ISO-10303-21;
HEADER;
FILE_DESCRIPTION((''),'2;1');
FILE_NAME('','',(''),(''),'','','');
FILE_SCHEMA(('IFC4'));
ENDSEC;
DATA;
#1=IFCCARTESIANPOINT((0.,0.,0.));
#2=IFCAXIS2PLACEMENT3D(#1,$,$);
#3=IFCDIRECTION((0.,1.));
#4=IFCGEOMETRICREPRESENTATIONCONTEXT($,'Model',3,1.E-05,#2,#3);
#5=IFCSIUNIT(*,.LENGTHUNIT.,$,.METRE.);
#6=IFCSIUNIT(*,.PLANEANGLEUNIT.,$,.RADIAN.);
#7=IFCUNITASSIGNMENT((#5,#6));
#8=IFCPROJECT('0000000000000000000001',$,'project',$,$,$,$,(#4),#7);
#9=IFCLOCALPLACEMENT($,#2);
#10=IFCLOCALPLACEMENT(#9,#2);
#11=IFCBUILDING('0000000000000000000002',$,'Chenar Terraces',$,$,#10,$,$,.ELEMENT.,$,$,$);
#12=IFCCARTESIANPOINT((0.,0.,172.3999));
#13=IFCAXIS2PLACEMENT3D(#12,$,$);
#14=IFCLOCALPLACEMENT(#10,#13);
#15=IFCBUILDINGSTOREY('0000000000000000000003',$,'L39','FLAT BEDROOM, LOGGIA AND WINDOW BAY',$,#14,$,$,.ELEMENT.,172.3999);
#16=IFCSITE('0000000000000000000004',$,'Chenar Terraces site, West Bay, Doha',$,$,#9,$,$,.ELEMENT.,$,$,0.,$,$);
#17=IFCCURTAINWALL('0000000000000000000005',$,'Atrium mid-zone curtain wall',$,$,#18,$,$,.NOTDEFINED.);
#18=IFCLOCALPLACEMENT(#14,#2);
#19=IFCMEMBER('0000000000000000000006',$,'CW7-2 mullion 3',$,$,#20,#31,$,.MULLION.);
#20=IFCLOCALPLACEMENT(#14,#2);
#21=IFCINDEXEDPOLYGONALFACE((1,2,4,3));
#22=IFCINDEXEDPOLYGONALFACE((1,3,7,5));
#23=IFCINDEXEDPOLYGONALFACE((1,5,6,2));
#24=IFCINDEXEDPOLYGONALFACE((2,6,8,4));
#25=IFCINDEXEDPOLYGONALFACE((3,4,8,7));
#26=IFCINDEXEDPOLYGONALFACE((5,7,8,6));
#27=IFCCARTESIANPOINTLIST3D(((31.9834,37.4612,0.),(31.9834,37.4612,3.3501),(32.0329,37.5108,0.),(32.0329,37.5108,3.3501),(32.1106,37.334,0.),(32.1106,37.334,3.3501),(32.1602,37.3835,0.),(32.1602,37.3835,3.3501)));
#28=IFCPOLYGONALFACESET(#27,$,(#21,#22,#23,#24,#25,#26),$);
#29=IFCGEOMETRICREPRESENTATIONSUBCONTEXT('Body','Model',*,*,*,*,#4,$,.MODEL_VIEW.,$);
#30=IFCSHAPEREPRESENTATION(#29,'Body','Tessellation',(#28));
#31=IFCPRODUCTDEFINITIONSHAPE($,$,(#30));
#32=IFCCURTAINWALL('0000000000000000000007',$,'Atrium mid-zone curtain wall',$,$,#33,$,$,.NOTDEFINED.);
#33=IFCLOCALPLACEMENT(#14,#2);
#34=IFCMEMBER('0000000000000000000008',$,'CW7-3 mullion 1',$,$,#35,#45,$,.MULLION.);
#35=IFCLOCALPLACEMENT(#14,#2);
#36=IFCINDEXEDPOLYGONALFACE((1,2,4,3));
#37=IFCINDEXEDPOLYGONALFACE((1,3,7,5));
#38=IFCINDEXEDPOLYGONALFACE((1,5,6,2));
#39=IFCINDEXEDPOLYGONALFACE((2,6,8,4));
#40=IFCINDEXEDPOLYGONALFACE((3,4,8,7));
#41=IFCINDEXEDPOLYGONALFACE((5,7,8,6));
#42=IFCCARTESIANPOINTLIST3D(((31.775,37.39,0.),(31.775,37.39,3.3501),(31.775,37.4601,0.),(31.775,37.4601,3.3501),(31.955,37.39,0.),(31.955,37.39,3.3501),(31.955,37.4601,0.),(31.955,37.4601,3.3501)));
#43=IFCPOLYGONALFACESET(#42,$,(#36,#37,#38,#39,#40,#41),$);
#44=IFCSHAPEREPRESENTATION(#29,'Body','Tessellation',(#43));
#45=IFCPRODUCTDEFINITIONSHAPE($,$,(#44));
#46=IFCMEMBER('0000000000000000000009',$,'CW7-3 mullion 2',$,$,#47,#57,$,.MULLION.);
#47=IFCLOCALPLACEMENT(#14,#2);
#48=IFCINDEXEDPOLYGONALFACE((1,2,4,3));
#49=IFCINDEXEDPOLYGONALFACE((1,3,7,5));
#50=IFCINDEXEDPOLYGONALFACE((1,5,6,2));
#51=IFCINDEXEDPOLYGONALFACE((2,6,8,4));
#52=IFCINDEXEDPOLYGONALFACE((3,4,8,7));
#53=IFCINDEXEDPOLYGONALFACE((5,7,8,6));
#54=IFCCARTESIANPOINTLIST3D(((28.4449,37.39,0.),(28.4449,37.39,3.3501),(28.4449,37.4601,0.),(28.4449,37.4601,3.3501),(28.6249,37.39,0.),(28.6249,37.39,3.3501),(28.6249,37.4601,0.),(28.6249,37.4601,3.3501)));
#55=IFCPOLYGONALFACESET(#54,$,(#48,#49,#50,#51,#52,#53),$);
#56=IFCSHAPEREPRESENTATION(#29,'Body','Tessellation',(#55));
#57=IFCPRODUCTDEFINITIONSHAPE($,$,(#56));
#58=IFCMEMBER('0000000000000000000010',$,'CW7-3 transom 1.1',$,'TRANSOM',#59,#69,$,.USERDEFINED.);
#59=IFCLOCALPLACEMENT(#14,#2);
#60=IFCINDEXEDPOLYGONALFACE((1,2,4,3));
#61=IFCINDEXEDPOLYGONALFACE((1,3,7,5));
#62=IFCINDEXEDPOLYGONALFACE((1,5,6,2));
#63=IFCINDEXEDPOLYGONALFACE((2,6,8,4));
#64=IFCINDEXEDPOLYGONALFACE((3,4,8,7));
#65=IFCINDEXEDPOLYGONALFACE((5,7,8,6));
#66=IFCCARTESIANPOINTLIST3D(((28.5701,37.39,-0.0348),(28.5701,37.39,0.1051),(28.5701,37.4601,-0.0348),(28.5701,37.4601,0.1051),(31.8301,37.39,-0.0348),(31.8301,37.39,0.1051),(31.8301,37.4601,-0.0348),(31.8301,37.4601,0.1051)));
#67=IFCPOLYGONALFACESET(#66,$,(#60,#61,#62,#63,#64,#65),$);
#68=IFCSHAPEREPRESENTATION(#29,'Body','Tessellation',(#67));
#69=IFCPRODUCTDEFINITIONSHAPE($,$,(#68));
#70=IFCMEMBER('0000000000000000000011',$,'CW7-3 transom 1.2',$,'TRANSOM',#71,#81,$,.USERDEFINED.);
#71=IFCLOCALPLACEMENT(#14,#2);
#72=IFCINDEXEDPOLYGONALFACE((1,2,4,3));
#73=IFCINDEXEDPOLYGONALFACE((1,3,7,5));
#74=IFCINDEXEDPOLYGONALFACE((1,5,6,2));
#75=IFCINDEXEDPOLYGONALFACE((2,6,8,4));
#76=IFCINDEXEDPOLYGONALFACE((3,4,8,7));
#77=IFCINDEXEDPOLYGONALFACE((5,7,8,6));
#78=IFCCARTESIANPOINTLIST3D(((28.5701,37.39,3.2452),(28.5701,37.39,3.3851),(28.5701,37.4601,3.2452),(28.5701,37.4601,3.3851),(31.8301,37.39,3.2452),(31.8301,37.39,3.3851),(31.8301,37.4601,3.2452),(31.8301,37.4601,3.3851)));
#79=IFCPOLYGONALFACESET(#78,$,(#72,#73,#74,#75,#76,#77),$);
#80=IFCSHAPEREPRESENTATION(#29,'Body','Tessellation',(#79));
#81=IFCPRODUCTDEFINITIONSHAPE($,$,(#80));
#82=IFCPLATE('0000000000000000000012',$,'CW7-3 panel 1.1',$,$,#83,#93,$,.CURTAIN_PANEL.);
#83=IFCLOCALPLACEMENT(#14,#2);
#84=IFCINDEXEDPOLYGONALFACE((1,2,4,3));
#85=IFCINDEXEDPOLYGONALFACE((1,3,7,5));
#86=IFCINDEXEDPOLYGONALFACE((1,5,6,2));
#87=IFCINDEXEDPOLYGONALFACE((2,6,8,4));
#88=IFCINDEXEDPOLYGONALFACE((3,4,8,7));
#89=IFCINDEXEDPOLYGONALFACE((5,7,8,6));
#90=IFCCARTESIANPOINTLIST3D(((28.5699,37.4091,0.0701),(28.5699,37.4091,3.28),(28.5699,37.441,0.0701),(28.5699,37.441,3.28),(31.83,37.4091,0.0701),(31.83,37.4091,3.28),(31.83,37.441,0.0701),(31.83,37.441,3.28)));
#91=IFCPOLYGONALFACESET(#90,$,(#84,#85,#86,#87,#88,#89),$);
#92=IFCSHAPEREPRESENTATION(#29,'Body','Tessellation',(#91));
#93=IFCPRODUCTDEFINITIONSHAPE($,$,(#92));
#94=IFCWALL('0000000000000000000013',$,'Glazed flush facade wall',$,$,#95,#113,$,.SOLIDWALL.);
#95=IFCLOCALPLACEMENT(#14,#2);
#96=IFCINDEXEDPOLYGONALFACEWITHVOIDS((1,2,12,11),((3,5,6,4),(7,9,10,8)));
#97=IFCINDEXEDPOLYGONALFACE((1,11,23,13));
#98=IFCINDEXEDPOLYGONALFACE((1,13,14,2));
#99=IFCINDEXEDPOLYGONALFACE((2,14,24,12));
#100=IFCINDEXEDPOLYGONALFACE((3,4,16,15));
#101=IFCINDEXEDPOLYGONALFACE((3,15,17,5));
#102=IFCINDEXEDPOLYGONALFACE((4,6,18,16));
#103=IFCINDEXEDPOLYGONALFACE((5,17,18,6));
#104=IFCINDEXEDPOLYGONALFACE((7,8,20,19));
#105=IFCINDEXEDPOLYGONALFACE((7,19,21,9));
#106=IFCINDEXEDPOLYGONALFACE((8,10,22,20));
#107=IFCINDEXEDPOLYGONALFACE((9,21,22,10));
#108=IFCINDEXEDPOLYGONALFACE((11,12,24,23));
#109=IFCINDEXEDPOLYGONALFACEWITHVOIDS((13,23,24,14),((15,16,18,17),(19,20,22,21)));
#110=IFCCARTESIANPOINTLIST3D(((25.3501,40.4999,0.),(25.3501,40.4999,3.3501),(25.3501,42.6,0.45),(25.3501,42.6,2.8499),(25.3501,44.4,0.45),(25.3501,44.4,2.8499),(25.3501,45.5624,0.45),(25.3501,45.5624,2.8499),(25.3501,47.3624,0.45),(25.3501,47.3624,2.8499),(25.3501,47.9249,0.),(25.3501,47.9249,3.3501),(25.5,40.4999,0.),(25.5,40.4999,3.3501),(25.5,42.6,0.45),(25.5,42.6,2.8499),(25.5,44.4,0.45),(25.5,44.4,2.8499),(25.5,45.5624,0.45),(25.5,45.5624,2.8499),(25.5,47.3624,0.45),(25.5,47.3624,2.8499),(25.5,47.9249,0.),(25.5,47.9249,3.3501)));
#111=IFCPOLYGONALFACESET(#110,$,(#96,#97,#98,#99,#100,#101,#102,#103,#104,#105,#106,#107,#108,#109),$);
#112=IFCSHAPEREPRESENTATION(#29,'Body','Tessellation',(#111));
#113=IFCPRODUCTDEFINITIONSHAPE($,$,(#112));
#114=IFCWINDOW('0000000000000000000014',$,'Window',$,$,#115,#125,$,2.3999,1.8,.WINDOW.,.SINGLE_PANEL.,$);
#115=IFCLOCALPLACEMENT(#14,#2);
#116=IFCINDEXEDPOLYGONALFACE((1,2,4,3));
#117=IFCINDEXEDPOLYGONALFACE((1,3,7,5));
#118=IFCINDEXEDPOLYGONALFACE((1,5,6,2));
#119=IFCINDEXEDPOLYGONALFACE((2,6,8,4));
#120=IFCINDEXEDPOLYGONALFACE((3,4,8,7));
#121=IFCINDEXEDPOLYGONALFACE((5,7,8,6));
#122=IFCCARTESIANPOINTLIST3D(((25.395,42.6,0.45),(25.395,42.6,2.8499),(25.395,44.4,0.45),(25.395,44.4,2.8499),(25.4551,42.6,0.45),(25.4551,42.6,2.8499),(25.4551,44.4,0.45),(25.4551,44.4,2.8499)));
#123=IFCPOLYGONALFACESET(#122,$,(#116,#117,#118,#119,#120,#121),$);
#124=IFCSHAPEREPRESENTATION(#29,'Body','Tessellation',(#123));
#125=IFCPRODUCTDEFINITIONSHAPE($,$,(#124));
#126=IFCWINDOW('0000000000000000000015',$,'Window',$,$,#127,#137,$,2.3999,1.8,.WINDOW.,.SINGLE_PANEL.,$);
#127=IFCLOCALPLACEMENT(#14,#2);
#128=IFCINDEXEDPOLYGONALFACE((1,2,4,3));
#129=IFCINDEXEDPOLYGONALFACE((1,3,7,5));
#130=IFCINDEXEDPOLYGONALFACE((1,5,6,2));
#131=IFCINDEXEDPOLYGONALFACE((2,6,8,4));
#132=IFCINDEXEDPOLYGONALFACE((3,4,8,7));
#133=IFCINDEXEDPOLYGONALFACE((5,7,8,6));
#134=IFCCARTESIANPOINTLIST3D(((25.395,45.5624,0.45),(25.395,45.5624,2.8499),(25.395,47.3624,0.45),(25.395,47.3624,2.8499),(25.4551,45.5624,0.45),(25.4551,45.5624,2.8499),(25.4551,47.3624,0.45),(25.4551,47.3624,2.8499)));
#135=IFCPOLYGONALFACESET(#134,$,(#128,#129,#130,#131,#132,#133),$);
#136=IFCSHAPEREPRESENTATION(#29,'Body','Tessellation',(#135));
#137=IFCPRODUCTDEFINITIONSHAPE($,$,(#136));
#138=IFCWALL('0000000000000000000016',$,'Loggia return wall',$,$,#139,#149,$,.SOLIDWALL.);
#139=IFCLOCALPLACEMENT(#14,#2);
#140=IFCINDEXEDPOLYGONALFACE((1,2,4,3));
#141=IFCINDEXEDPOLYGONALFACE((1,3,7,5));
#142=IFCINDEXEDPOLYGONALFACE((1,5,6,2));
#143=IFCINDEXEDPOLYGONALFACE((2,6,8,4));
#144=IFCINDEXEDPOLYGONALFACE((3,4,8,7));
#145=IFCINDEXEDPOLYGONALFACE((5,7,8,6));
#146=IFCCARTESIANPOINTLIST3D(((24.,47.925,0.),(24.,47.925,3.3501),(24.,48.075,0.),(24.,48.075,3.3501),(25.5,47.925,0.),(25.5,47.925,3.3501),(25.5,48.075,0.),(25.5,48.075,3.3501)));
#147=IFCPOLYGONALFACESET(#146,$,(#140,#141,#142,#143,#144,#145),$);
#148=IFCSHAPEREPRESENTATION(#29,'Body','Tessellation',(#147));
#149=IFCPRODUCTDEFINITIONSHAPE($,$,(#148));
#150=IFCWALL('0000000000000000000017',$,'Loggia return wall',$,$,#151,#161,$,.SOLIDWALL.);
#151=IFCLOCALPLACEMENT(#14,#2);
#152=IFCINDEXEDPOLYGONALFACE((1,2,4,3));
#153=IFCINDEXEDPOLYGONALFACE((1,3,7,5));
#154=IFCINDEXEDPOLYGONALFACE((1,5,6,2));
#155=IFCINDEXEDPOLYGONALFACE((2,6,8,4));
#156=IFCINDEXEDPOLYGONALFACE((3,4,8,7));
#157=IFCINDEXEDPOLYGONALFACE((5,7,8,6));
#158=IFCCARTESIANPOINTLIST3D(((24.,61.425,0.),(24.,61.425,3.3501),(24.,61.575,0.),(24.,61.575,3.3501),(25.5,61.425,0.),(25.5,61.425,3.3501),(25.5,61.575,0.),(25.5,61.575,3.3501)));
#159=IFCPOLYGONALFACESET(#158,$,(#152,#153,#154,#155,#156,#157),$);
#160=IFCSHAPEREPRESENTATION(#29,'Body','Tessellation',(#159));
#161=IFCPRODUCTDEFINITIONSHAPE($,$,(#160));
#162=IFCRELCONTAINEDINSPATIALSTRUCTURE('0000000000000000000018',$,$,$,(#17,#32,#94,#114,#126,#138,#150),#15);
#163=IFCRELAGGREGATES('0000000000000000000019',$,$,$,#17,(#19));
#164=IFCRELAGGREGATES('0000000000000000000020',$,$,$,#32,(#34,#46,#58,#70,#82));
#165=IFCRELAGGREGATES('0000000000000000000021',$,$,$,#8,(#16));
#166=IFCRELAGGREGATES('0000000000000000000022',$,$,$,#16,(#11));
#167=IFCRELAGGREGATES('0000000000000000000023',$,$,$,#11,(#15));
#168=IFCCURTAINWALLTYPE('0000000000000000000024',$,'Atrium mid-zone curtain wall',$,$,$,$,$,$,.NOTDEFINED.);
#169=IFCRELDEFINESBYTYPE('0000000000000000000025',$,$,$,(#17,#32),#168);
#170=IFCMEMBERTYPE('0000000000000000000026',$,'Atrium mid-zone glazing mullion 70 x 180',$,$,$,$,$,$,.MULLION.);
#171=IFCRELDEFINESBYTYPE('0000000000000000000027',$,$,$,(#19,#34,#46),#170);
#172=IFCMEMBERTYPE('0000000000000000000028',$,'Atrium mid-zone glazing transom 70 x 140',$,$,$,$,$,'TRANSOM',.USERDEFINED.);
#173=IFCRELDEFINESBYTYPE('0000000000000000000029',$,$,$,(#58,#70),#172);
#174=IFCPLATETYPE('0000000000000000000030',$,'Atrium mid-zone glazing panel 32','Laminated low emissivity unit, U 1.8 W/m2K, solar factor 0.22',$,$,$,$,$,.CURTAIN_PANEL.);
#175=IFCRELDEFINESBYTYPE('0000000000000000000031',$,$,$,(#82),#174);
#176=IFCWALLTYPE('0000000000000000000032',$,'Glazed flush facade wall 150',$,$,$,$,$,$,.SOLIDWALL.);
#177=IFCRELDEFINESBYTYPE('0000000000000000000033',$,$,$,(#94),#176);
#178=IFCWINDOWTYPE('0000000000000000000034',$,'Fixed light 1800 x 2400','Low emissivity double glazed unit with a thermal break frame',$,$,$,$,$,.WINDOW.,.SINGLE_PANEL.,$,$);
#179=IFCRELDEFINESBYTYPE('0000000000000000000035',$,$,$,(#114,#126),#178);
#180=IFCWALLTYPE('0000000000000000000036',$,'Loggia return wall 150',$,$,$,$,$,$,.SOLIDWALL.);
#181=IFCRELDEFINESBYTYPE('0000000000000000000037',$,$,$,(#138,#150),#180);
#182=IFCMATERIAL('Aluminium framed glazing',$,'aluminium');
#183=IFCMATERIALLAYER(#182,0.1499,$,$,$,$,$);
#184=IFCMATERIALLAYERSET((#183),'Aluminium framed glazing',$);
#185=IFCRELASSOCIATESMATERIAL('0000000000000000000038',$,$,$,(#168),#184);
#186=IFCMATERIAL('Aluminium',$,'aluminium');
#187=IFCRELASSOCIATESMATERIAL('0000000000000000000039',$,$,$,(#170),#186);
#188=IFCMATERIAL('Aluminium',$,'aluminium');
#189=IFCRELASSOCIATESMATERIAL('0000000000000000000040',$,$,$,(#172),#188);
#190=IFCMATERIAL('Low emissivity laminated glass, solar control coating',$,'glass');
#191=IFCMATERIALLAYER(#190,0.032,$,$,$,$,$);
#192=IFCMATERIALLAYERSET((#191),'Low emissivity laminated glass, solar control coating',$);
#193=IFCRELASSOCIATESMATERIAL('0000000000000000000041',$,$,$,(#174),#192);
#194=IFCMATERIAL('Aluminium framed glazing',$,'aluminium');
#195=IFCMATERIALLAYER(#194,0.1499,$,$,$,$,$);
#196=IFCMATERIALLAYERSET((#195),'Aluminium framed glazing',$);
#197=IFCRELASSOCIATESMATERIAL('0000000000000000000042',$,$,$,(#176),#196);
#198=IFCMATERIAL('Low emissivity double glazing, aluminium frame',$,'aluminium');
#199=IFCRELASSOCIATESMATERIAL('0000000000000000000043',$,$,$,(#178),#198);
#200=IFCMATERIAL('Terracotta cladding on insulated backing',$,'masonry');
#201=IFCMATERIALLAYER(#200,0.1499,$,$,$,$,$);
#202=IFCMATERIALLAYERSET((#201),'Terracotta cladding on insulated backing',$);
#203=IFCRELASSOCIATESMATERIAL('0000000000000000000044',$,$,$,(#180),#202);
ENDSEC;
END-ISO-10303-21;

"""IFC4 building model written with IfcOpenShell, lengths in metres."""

from ifc_helpers import new_model, si_unit, direction, frame, frame_2d, origin, origin_2d, place, context, subcontext, project, spatial, rectangle, extrude, material, layer, layer_set, material_profile, profile_set, type_object, element, fill, aggregate, save


model = new_model("IFC4")

# Units and contexts
model_context = context("Model", 3, precision=1e-05, world=origin(), true_north=direction((0.0, 1.0)))
body_context = subcontext(model_context, "Body", "Model", "MODEL_VIEW")
ifc_project = project(units=[si_unit("LENGTHUNIT", "METRE"), si_unit("PLANEANGLEUNIT", "RADIAN")], contexts=[model_context])

# Site, building, storey
site_placement = place(None, origin())
site = spatial("IfcSite", under=ifc_project, at=site_placement, Name="Chenar Terraces site, West Bay, Doha", CompositionType="ELEMENT", RefElevation=0.0)
building_placement = place(site_placement, origin())
building = spatial("IfcBuilding", under=site, at=building_placement, Name="Chenar Terraces", CompositionType="ELEMENT")
storey_placement = place(building_placement, frame((0.0, 0.0, 172.3999)))
storey = spatial("IfcBuildingStorey", under=building, at=storey_placement, Name="L39", Description="FLAT BEDROOM, LOGGIA AND WINDOW BAY", CompositionType="ELEMENT", Elevation=172.3999)

# Curtain wall, member
ifc_material_1 = material(Name="Aluminium framed glazing", Category="aluminium")
ifc_layer_1 = layer(ifc_material_1, 0.1499)
ifc_layer_set_1 = layer_set([ifc_layer_1], Name="Aluminium framed glazing")
curtain_wall_type = type_object("IfcCurtainWallType", Name="Atrium mid-zone curtain wall", PredefinedType="NOTDEFINED", material=ifc_layer_set_1)
placement = place(storey_placement, origin())
curtain_wall_1 = element("IfcCurtainWall", 1, at=placement, inside=storey, type_object=curtain_wall_type, Name="Atrium mid-zone curtain wall", PredefinedType="NOTDEFINED")
ifc_material_2 = material(Name="Aluminium", Category="aluminium")
ifc_material_profile_1 = material_profile(ifc_material_2, rectangle(XDim=0.0701, YDim=0.1799, at=origin_2d()), Name="Atrium mid-zone glazing mullion 70 x 180")
ifc_profile_set_1 = profile_set([ifc_material_profile_1], Name="Aluminium")
member_type_1 = type_object("IfcMemberType", Name="Atrium mid-zone glazing mullion 70 x 180", PredefinedType="MULLION", material=ifc_profile_set_1)
member_1_placement = place(storey_placement, frame((32.0718, 37.4224, 0.0), z_axis=(0.0, 0.0, 1.0), x_axis=(-0.707107, -0.707107, 0.0)))
member_1 = element("IfcMember", 2, at=member_1_placement, type_object=member_type_1, Name="CW7-2 mullion 3", PredefinedType="MULLION", context=body_context, shape_type="SweptSolid", body=[
    extrude(rectangle(XDim=0.0701, YDim=0.1799, at=origin_2d()), origin(), (0.0, 0.0, 1.0), 3.3501),
])
aggregate(curtain_wall_1, [member_1])

# Curtain wall, members, plate
curtain_wall_2 = element("IfcCurtainWall", 3, at=placement, inside=storey, type_object=curtain_wall_type, Name="Atrium mid-zone curtain wall", PredefinedType="NOTDEFINED")
member_2_placement = place(storey_placement, frame((31.865, 37.425, 0.0), z_axis=(0.0, 0.0, 1.0), x_axis=(0.0, -1.0, 0.0)))
member_2 = element("IfcMember", 4, at=member_2_placement, type_object=member_type_1, Name="CW7-3 mullion 1", PredefinedType="MULLION", context=body_context, shape_type="SweptSolid", body=[
    extrude(rectangle(XDim=0.0701, YDim=0.1799, at=origin_2d()), origin(), (0.0, 0.0, 1.0), 3.3501),
])
member_3_placement = place(storey_placement, frame((28.5349, 37.425, 0.0), z_axis=(0.0, 0.0, 1.0), x_axis=(0.0, -1.0, 0.0)))
member_3 = element("IfcMember", 5, at=member_3_placement, type_object=member_type_1, Name="CW7-3 mullion 2", PredefinedType="MULLION", context=body_context, shape_type="SweptSolid", body=[
    extrude(rectangle(XDim=0.0701, YDim=0.1799, at=origin_2d()), origin(), (0.0, 0.0, 1.0), 3.3501),
])
ifc_material_3 = material(Name="Aluminium", Category="aluminium")
ifc_material_profile_2 = material_profile(ifc_material_3, rectangle(XDim=0.0701, YDim=0.1399, at=origin_2d()), Name="Atrium mid-zone glazing transom 70 x 140")
ifc_profile_set_2 = profile_set([ifc_material_profile_2], Name="Aluminium")
member_type_2 = type_object("IfcMemberType", Name="Atrium mid-zone glazing transom 70 x 140", ElementType="TRANSOM", PredefinedType="USERDEFINED", material=ifc_profile_set_2)
member_4_placement = place(storey_placement, frame((31.8301, 37.425, 0.0352), z_axis=(-1.0, 0.0, 0.0), x_axis=(0.0, -1.0, 0.0)))
member_4 = element("IfcMember", 6, at=member_4_placement, type_object=member_type_2, Name="CW7-3 transom 1.1", ObjectType="TRANSOM", PredefinedType="USERDEFINED", context=body_context, shape_type="SweptSolid", body=[
    extrude(rectangle(XDim=0.0701, YDim=0.1399, at=origin_2d()), origin(), (0.0, 0.0, 1.0), 3.26),
])
member_5_placement = place(storey_placement, frame((31.8301, 37.425, 3.3152), z_axis=(-1.0, 0.0, 0.0), x_axis=(0.0, -1.0, 0.0)))
member_5 = element("IfcMember", 7, at=member_5_placement, type_object=member_type_2, Name="CW7-3 transom 1.2", ObjectType="TRANSOM", PredefinedType="USERDEFINED", context=body_context, shape_type="SweptSolid", body=[
    extrude(rectangle(XDim=0.0701, YDim=0.1399, at=origin_2d()), origin(), (0.0, 0.0, 1.0), 3.26),
])
ifc_material_4 = material(Name="Low emissivity laminated glass, solar control coating", Category="glass")
ifc_layer_2 = layer(ifc_material_4, 0.032)
ifc_layer_set_2 = layer_set([ifc_layer_2], Name="Low emissivity laminated glass, solar control coating")
plate_type = type_object("IfcPlateType", Name="Atrium mid-zone glazing panel 32", Description="Laminated low emissivity unit, U 1.8 W/m2K, solar factor 0.22", PredefinedType="CURTAIN_PANEL", material=ifc_layer_set_2)
plate_placement = place(storey_placement, frame((30.2, 37.425, 0.0701), z_axis=(0.0, 0.0, 1.0), x_axis=(-1.0, 0.0, 0.0)))
plate = element("IfcPlate", 8, at=plate_placement, type_object=plate_type, Name="CW7-3 panel 1.1", PredefinedType="CURTAIN_PANEL", context=body_context, shape_type="SweptSolid", body=[
    extrude(rectangle(XDim=3.26, YDim=0.032, at=origin_2d()), origin(), (0.0, 0.0, 1.0), 3.21),
])
aggregate(curtain_wall_2, [member_2, member_3, member_4, member_5, plate])

# Wall, openings, windows
ifc_material_5 = material(Name="Aluminium framed glazing", Category="aluminium")
ifc_layer_3 = layer(ifc_material_5, 0.1499)
ifc_layer_set_3 = layer_set([ifc_layer_3], Name="Aluminium framed glazing")
wall_type_1 = type_object("IfcWallType", Name="Glazed flush facade wall 150", PredefinedType="SOLIDWALL", material=ifc_layer_set_3)
wall_1_placement = place(storey_placement, frame((25.425, 40.5, 0.0), z_axis=(0.0, 0.0, 1.0), x_axis=(0.0, 1.0, 0.0)))
wall_1 = element("IfcWall", 9, at=wall_1_placement, inside=storey, type_object=wall_type_1, Name="Glazed flush facade wall", PredefinedType="SOLIDWALL", context=body_context, shape_type="SweptSolid", body=[
    extrude(rectangle(XDim=7.425, YDim=0.1499, at=frame_2d((3.7124, 0.0))), origin(), (0.0, 0.0, 1.0), 3.3501),
])
opening_1_placement = place(wall_1_placement, frame((2.1001, 0.0, 0.45)))
opening_1 = element("IfcOpeningElement", 10, at=opening_1_placement, cuts=wall_1, PredefinedType="OPENING", context=body_context, shape_type="SweptSolid", body=[
    extrude(rectangle(XDim=1.8, YDim=2.3999, at=frame_2d((0.8999, 1.2))), frame((0.0, 0.085, 0.0), z_axis=(0.0, -1.0, 0.0), x_axis=(1.0, 0.0, 0.0)), (0.0, 0.0, 1.0), 0.1699),
])
opening_2_placement = place(wall_1_placement, frame((5.0625, 0.0, 0.45)))
opening_2 = element("IfcOpeningElement", 11, at=opening_2_placement, cuts=wall_1, PredefinedType="OPENING", context=body_context, shape_type="SweptSolid", body=[
    extrude(rectangle(XDim=1.8, YDim=2.3999, at=frame_2d((0.8999, 1.2))), frame((0.0, 0.085, 0.0), z_axis=(0.0, -1.0, 0.0), x_axis=(1.0, 0.0, 0.0)), (0.0, 0.0, 1.0), 0.1699),
])
ifc_material_6 = material(Name="Low emissivity double glazing, aluminium frame", Category="aluminium")
window_type_1 = type_object("IfcWindowType", Name="Fixed light 1800 x 2400", Description="Low emissivity double glazed unit with a thermal break frame", PartitioningType="SINGLE_PANEL", PredefinedType="WINDOW", material=ifc_material_6)
window_1_placement = place(opening_1_placement, origin())
window_1 = element("IfcWindow", 12, at=window_1_placement, inside=storey, type_object=window_type_1, Name="Window", OverallHeight=2.3999, OverallWidth=1.8, PartitioningType="SINGLE_PANEL", PredefinedType="WINDOW", context=body_context, shape_type="SweptSolid", body=[
    extrude(rectangle(XDim=1.8, YDim=2.3999, at=frame_2d((0.8999, 1.2))), frame((0.0, 0.03, 0.0), z_axis=(0.0, -1.0, 0.0), x_axis=(1.0, 0.0, 0.0)), (0.0, 0.0, 1.0), 0.0601),
])
fill(opening_1, window_1)
window_2_placement = place(opening_2_placement, origin())
window_2 = element("IfcWindow", 13, at=window_2_placement, inside=storey, type_object=window_type_1, Name="Window", OverallHeight=2.3999, OverallWidth=1.8, PartitioningType="SINGLE_PANEL", PredefinedType="WINDOW", context=body_context, shape_type="SweptSolid", body=[
    extrude(rectangle(XDim=1.8, YDim=2.3999, at=frame_2d((0.8999, 1.2))), frame((0.0, 0.03, 0.0), z_axis=(0.0, -1.0, 0.0), x_axis=(1.0, 0.0, 0.0)), (0.0, 0.0, 1.0), 0.0601),
])
fill(opening_2, window_2)

# Walls
ifc_material_7 = material(Name="Terracotta cladding on insulated backing", Category="masonry")
ifc_layer_4 = layer(ifc_material_7, 0.1499)
ifc_layer_set_4 = layer_set([ifc_layer_4], Name="Terracotta cladding on insulated backing")
wall_type_2 = type_object("IfcWallType", Name="Loggia return wall 150", PredefinedType="SOLIDWALL", material=ifc_layer_set_4)
for number, where, z_axis, x_axis, name in (
    (14, (25.5, 48.0, 0.0), (0.0, 0.0, 1.0), (-1.0, 0.0, 0.0), "Loggia return wall"),
    (15, (25.5, 61.5, 0.0), (0.0, 0.0, 1.0), (-1.0, 0.0, 0.0), "Loggia return wall"),
):
    element("IfcWall", number, at=place(storey_placement, frame(where, z_axis=z_axis, x_axis=x_axis)), inside=storey, type_object=wall_type_2, Name=name, PredefinedType="SOLIDWALL", context=body_context, shape_type="SweptSolid", body=[
        extrude(rectangle(XDim=1.5, YDim=0.1499, at=frame_2d((0.75, 0.0))), origin(), (0.0, 0.0, 1.0), 3.3501),
    ])

save(model, "model.ifc")
